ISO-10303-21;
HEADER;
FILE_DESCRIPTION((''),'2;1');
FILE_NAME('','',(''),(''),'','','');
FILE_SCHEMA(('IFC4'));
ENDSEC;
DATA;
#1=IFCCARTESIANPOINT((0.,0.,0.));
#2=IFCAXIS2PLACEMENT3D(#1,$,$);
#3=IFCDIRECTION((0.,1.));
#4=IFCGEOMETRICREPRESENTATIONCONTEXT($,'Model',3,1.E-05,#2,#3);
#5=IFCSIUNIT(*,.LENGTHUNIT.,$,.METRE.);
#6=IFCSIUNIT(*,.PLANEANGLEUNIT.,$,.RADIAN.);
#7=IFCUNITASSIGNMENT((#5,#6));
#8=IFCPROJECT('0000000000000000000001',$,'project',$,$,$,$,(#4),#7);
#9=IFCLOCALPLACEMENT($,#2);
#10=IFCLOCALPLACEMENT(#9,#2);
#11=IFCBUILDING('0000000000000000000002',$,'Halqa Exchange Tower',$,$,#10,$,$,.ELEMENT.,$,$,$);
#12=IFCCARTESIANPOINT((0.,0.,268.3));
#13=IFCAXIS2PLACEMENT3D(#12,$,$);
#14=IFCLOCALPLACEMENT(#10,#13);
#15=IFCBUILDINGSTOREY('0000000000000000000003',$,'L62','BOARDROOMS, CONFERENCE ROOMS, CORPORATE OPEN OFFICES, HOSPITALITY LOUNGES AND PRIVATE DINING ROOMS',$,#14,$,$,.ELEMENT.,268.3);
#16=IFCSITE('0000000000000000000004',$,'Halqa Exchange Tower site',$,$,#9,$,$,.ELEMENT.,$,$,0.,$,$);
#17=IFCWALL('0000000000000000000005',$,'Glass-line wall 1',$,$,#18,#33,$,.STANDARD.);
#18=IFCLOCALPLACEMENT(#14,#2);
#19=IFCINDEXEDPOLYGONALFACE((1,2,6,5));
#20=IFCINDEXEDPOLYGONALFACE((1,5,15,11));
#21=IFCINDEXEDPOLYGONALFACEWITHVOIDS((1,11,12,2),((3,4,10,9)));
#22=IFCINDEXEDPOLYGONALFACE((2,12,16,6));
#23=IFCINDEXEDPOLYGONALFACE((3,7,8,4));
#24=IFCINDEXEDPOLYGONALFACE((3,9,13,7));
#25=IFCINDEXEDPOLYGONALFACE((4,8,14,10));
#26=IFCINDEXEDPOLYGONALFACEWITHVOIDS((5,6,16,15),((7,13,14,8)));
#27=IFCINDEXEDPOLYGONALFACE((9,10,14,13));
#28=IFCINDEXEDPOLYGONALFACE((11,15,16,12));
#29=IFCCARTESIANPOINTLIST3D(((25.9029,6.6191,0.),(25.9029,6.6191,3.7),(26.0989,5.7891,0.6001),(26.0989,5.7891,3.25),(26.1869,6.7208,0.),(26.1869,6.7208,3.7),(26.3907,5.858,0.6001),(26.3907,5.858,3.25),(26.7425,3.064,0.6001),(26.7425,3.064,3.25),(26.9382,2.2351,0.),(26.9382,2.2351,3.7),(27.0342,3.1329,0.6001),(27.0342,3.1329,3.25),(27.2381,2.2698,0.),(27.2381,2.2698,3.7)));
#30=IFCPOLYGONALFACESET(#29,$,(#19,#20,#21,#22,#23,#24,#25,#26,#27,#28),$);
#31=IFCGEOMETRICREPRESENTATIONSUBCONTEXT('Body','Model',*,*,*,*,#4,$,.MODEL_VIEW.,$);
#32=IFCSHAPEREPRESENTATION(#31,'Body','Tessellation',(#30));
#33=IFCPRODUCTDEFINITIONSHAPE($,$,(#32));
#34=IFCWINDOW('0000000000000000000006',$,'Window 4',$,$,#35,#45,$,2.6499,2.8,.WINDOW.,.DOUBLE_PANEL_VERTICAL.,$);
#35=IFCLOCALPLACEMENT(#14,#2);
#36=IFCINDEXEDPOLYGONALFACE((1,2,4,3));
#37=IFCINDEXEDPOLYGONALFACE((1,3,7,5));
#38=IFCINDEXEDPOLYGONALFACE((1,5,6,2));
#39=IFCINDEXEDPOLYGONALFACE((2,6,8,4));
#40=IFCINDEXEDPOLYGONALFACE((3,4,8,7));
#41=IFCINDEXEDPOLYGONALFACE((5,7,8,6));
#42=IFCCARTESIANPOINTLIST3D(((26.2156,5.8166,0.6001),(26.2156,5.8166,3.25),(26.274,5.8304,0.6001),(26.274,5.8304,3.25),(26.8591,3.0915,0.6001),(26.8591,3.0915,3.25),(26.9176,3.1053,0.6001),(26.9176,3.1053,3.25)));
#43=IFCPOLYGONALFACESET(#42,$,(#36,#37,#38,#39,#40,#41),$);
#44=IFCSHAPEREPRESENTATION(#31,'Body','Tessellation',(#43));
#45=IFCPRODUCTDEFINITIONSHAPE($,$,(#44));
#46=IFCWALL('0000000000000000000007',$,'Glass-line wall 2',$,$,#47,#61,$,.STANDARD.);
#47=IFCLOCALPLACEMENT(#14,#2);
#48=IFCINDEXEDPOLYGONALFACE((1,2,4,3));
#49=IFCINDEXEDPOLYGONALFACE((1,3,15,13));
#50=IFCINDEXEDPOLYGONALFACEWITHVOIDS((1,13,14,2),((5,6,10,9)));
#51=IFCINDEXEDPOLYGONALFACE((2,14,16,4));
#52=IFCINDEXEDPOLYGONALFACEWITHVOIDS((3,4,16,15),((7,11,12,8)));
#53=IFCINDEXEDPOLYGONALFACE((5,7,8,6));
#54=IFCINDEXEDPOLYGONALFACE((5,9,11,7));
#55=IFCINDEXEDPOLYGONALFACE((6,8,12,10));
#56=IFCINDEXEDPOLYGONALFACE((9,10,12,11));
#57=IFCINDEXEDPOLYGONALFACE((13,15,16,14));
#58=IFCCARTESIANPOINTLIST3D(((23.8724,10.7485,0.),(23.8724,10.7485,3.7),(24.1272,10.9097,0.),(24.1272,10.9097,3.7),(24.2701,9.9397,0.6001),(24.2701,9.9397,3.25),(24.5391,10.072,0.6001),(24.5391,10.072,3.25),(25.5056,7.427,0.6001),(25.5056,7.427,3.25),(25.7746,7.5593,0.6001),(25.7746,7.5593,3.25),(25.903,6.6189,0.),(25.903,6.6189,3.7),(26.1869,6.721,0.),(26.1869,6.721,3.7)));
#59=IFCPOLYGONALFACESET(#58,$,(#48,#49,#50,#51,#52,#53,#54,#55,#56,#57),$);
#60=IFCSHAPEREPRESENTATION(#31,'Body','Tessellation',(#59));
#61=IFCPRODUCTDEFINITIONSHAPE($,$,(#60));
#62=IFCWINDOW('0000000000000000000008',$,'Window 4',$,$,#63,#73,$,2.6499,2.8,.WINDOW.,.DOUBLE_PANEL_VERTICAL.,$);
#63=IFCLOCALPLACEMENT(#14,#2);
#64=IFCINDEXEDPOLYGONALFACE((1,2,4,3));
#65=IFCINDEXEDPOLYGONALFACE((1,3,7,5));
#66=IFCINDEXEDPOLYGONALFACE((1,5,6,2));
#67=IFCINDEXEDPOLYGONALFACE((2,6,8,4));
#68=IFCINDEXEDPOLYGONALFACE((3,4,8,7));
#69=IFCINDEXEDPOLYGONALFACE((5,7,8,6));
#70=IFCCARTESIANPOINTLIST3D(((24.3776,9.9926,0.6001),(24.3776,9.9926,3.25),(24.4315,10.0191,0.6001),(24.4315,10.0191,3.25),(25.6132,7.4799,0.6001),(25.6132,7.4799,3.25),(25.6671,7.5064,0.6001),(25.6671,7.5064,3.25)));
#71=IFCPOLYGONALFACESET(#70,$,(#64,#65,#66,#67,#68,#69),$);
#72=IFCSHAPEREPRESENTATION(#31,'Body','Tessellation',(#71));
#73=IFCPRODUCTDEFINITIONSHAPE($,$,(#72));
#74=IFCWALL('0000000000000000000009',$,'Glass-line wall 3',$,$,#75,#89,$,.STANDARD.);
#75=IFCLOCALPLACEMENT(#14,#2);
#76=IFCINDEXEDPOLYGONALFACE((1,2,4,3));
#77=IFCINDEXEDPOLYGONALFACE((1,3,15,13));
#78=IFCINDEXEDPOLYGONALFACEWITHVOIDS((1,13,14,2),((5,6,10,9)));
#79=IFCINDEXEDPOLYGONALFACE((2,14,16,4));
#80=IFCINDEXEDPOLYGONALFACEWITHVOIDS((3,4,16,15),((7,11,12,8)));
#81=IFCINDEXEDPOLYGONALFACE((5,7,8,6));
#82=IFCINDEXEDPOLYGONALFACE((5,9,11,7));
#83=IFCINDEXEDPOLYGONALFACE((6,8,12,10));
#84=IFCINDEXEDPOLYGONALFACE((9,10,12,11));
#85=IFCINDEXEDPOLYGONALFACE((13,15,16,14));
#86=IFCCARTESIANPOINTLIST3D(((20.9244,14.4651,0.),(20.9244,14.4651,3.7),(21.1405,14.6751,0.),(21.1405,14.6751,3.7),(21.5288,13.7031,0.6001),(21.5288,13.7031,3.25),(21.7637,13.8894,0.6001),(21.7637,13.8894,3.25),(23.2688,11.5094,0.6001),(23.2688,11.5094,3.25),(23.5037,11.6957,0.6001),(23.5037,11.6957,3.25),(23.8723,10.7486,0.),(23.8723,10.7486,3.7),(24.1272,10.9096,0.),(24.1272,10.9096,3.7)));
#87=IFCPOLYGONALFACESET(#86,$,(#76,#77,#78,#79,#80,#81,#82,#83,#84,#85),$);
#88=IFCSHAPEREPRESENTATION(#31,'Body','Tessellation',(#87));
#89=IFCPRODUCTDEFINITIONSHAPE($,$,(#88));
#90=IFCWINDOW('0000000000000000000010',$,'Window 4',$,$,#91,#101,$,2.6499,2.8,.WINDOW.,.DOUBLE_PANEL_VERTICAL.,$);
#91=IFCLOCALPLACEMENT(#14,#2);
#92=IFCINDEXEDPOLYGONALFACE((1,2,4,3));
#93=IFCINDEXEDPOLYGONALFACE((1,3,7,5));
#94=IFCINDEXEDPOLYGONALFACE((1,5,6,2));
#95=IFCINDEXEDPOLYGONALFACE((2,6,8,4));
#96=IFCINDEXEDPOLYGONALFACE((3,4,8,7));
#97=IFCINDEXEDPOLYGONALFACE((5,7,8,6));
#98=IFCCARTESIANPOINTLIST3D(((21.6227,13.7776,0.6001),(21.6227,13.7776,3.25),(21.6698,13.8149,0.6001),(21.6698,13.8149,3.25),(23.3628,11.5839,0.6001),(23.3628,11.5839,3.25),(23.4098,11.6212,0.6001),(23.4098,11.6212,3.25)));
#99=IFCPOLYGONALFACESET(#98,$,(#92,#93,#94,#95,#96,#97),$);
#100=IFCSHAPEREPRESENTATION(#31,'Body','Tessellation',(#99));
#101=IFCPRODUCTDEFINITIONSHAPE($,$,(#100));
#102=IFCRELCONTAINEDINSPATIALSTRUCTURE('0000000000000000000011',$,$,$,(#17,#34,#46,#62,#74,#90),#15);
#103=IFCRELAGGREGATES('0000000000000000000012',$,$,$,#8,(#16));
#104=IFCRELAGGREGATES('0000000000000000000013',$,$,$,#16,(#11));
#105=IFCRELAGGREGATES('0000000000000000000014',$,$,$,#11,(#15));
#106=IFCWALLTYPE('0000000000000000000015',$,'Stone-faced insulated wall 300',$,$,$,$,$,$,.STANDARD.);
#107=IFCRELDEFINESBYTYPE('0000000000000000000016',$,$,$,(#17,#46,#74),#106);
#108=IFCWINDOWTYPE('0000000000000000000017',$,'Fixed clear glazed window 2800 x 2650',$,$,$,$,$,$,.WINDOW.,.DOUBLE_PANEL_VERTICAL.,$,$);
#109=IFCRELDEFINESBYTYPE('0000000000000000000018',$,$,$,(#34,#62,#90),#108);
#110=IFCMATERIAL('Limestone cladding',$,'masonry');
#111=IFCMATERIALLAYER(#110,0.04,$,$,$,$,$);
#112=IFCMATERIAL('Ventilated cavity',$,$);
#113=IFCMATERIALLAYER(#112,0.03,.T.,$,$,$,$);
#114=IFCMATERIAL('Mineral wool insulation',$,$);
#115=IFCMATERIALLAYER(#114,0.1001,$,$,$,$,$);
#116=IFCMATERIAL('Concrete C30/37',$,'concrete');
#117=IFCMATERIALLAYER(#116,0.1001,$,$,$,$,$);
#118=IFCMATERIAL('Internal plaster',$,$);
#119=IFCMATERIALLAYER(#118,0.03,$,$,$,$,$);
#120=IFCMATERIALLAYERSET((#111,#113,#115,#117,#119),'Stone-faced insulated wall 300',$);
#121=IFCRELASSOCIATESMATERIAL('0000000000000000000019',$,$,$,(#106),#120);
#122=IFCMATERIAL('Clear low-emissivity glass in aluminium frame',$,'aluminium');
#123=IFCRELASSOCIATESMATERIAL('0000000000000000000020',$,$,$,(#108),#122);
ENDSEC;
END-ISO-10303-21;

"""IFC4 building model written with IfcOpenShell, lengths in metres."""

from ifc_helpers import new_model, si_unit, direction, frame, frame_2d, origin, place, context, subcontext, project, spatial, polyline, rectangle, outline, extrude, material, layer, layer_set, type_object, element, fill, save


model = new_model("IFC4")

# Units and contexts
model_context = context("Model", 3, precision=1e-05, world=origin(), true_north=direction((0.0, 1.0)))
body_context = subcontext(model_context, "Body", "Model", "MODEL_VIEW")
ifc_project = project(units=[si_unit("LENGTHUNIT", "METRE"), si_unit("PLANEANGLEUNIT", "RADIAN")], contexts=[model_context])

# Site, building, storey
site_placement = place(None, origin())
site = spatial("IfcSite", under=ifc_project, at=site_placement, Name="Halqa Exchange Tower site", CompositionType="ELEMENT", RefElevation=0.0)
building_placement = place(site_placement, origin())
building = spatial("IfcBuilding", under=site, at=building_placement, Name="Halqa Exchange Tower", CompositionType="ELEMENT")
storey_placement = place(building_placement, frame((0.0, 0.0, 268.3)))
storey = spatial("IfcBuildingStorey", under=building, at=storey_placement, Name="L62", Description="BOARDROOMS, CONFERENCE ROOMS, CORPORATE OPEN OFFICES, HOSPITALITY LOUNGES AND PRIVATE DINING ROOMS", CompositionType="ELEMENT", Elevation=268.3)

# Walls, openings, windows
ifc_material_1 = material(Name="Limestone cladding", Category="masonry")
ifc_layer_1 = layer(ifc_material_1, 0.04)
ifc_material_2 = material(Name="Ventilated cavity")
ifc_layer_2 = layer(ifc_material_2, 0.03, ventilated=True)
ifc_material_3 = material(Name="Mineral wool insulation")
ifc_layer_3 = layer(ifc_material_3, 0.1001)
ifc_material_4 = material(Name="Concrete C30/37", Category="concrete")
ifc_layer_4 = layer(ifc_material_4, 0.1001)
ifc_material_5 = material(Name="Internal plaster")
ifc_layer_5 = layer(ifc_material_5, 0.03)
ifc_layer_set_1 = layer_set([ifc_layer_1, ifc_layer_2, ifc_layer_3, ifc_layer_4, ifc_layer_5], Name="Stone-faced insulated wall 300")
wall_type_1 = type_object("IfcWallType", Name="Stone-faced insulated wall 300", PredefinedType="STANDARD", material=ifc_layer_set_1)
wall_1_placement = place(storey_placement, frame((27.0881, 2.2524, 0.0), z_axis=(0.0, 0.0, 1.0), x_axis=(-0.229834, 0.97323, 0.0)))
wall_1 = element("IfcWall", 1, at=wall_1_placement, inside=storey, type_object=wall_type_1, Name="Glass-line wall 1", PredefinedType="STANDARD", context=body_context, shape_type="SweptSolid", body=[
    extrude(outline(polyline([(-0.0176, -0.1499), (4.5559, -0.1499), (4.5222, 0.1499), (0.0176, 0.1499), (-0.0176, -0.1499)])), origin(), (0.0, 0.0, 1.0), 3.7),
])
opening_1_placement = place(wall_1_placement, frame((0.8694, 0.0, 0.6001)))
opening_1 = element("IfcOpeningElement", 2, at=opening_1_placement, cuts=wall_1, PredefinedType="OPENING", context=body_context, shape_type="SweptSolid", body=[
    extrude(rectangle(XDim=2.8, YDim=2.6499, at=frame_2d((1.3999, 1.325))), frame((0.0, 0.1621, 0.0), z_axis=(0.0, -1.0, 0.0), x_axis=(1.0, 0.0, 0.0)), (0.0, 0.0, 1.0), 0.324),
])
ifc_material_6 = material(Name="Clear low-emissivity glass in aluminium frame", Category="aluminium")
window_type = type_object("IfcWindowType", Name="Fixed clear glazed window 2800 x 2650", PartitioningType="DOUBLE_PANEL_VERTICAL", PredefinedType="WINDOW", material=ifc_material_6)
window_1_placement = place(opening_1_placement, origin())
window_1 = element("IfcWindow", 3, at=window_1_placement, inside=storey, type_object=window_type, Name="Window 4", OverallHeight=2.6499, OverallWidth=2.8, PartitioningType="DOUBLE_PANEL_VERTICAL", PredefinedType="WINDOW", context=body_context, shape_type="SweptSolid", body=[
    extrude(rectangle(XDim=2.8, YDim=2.6499, at=frame_2d((1.3999, 1.325))), frame((0.0, 0.03, 0.0), z_axis=(0.0, -1.0, 0.0), x_axis=(1.0, 0.0, 0.0)), (0.0, 0.0, 1.0), 0.0601),
])
fill(opening_1, window_1)
wall_2_placement = place(storey_placement, frame((26.0449, 6.6699, 0.0), z_axis=(0.0, 0.0, 1.0), x_axis=(-0.441262, 0.897378, 0.0)))
wall_2 = element("IfcWall", 4, at=wall_2_placement, inside=storey, type_object=wall_type_1, Name="Glass-line wall 2", PredefinedType="STANDARD", context=body_context, shape_type="SweptSolid", body=[
    extrude(outline(polyline([(-0.0168, -0.1499), (4.6509, -0.1499), (4.6187, 0.1499), (0.0168, 0.1499), (-0.0168, -0.1499)])), origin(), (0.0, 0.0, 1.0), 3.7),
])
opening_2_placement = place(wall_2_placement, frame((0.9175, 0.0, 0.6001)))
opening_2 = element("IfcOpeningElement", 5, at=opening_2_placement, cuts=wall_2, PredefinedType="OPENING", context=body_context, shape_type="SweptSolid", body=[
    extrude(rectangle(XDim=2.8, YDim=2.6499, at=frame_2d((1.3999, 1.325))), frame((0.0, 0.1621, 0.0), z_axis=(0.0, -1.0, 0.0), x_axis=(1.0, 0.0, 0.0)), (0.0, 0.0, 1.0), 0.324),
])
window_2_placement = place(opening_2_placement, origin())
window_2 = element("IfcWindow", 6, at=window_2_placement, inside=storey, type_object=window_type, Name="Window 4", OverallHeight=2.6499, OverallWidth=2.8, PartitioningType="DOUBLE_PANEL_VERTICAL", PredefinedType="WINDOW", context=body_context, shape_type="SweptSolid", body=[
    extrude(rectangle(XDim=2.8, YDim=2.6499, at=frame_2d((1.3999, 1.325))), frame((0.0, 0.03, 0.0), z_axis=(0.0, -1.0, 0.0), x_axis=(1.0, 0.0, 0.0)), (0.0, 0.0, 1.0), 0.0601),
])
fill(opening_2, window_2)
wall_3_placement = place(storey_placement, frame((23.9998, 10.8291, 0.0), z_axis=(0.0, 0.0, 1.0), x_axis=(-0.621435, 0.783466, 0.0)))
wall_3 = element("IfcWall", 7, at=wall_3_placement, inside=storey, type_object=wall_type_1, Name="Glass-line wall 3", PredefinedType="STANDARD", context=body_context, shape_type="SweptSolid", body=[
    extrude(outline(polyline([(-0.0161, -0.1499), (4.79, -0.1499), (4.7598, 0.1499), (0.0161, 0.1499), (-0.0161, -0.1499)])), origin(), (0.0, 0.0, 1.0), 3.7),
])
opening_3_placement = place(wall_3_placement, frame((0.9873, 0.0, 0.6001)))
opening_3 = element("IfcOpeningElement", 8, at=opening_3_placement, cuts=wall_3, PredefinedType="OPENING", context=body_context, shape_type="SweptSolid", body=[
    extrude(rectangle(XDim=2.8, YDim=2.6499, at=frame_2d((1.3999, 1.325))), frame((0.0, 0.1621, 0.0), z_axis=(0.0, -1.0, 0.0), x_axis=(1.0, 0.0, 0.0)), (0.0, 0.0, 1.0), 0.324),
])
window_3_placement = place(opening_3_placement, origin())
window_3 = element("IfcWindow", 9, at=window_3_placement, inside=storey, type_object=window_type, Name="Window 4", OverallHeight=2.6499, OverallWidth=2.8, PartitioningType="DOUBLE_PANEL_VERTICAL", PredefinedType="WINDOW", context=body_context, shape_type="SweptSolid", body=[
    extrude(rectangle(XDim=2.8, YDim=2.6499, at=frame_2d((1.3999, 1.325))), frame((0.0, 0.03, 0.0), z_axis=(0.0, -1.0, 0.0), x_axis=(1.0, 0.0, 0.0)), (0.0, 0.0, 1.0), 0.0601),
])
fill(opening_3, window_3)

save(model, "model.ifc")
